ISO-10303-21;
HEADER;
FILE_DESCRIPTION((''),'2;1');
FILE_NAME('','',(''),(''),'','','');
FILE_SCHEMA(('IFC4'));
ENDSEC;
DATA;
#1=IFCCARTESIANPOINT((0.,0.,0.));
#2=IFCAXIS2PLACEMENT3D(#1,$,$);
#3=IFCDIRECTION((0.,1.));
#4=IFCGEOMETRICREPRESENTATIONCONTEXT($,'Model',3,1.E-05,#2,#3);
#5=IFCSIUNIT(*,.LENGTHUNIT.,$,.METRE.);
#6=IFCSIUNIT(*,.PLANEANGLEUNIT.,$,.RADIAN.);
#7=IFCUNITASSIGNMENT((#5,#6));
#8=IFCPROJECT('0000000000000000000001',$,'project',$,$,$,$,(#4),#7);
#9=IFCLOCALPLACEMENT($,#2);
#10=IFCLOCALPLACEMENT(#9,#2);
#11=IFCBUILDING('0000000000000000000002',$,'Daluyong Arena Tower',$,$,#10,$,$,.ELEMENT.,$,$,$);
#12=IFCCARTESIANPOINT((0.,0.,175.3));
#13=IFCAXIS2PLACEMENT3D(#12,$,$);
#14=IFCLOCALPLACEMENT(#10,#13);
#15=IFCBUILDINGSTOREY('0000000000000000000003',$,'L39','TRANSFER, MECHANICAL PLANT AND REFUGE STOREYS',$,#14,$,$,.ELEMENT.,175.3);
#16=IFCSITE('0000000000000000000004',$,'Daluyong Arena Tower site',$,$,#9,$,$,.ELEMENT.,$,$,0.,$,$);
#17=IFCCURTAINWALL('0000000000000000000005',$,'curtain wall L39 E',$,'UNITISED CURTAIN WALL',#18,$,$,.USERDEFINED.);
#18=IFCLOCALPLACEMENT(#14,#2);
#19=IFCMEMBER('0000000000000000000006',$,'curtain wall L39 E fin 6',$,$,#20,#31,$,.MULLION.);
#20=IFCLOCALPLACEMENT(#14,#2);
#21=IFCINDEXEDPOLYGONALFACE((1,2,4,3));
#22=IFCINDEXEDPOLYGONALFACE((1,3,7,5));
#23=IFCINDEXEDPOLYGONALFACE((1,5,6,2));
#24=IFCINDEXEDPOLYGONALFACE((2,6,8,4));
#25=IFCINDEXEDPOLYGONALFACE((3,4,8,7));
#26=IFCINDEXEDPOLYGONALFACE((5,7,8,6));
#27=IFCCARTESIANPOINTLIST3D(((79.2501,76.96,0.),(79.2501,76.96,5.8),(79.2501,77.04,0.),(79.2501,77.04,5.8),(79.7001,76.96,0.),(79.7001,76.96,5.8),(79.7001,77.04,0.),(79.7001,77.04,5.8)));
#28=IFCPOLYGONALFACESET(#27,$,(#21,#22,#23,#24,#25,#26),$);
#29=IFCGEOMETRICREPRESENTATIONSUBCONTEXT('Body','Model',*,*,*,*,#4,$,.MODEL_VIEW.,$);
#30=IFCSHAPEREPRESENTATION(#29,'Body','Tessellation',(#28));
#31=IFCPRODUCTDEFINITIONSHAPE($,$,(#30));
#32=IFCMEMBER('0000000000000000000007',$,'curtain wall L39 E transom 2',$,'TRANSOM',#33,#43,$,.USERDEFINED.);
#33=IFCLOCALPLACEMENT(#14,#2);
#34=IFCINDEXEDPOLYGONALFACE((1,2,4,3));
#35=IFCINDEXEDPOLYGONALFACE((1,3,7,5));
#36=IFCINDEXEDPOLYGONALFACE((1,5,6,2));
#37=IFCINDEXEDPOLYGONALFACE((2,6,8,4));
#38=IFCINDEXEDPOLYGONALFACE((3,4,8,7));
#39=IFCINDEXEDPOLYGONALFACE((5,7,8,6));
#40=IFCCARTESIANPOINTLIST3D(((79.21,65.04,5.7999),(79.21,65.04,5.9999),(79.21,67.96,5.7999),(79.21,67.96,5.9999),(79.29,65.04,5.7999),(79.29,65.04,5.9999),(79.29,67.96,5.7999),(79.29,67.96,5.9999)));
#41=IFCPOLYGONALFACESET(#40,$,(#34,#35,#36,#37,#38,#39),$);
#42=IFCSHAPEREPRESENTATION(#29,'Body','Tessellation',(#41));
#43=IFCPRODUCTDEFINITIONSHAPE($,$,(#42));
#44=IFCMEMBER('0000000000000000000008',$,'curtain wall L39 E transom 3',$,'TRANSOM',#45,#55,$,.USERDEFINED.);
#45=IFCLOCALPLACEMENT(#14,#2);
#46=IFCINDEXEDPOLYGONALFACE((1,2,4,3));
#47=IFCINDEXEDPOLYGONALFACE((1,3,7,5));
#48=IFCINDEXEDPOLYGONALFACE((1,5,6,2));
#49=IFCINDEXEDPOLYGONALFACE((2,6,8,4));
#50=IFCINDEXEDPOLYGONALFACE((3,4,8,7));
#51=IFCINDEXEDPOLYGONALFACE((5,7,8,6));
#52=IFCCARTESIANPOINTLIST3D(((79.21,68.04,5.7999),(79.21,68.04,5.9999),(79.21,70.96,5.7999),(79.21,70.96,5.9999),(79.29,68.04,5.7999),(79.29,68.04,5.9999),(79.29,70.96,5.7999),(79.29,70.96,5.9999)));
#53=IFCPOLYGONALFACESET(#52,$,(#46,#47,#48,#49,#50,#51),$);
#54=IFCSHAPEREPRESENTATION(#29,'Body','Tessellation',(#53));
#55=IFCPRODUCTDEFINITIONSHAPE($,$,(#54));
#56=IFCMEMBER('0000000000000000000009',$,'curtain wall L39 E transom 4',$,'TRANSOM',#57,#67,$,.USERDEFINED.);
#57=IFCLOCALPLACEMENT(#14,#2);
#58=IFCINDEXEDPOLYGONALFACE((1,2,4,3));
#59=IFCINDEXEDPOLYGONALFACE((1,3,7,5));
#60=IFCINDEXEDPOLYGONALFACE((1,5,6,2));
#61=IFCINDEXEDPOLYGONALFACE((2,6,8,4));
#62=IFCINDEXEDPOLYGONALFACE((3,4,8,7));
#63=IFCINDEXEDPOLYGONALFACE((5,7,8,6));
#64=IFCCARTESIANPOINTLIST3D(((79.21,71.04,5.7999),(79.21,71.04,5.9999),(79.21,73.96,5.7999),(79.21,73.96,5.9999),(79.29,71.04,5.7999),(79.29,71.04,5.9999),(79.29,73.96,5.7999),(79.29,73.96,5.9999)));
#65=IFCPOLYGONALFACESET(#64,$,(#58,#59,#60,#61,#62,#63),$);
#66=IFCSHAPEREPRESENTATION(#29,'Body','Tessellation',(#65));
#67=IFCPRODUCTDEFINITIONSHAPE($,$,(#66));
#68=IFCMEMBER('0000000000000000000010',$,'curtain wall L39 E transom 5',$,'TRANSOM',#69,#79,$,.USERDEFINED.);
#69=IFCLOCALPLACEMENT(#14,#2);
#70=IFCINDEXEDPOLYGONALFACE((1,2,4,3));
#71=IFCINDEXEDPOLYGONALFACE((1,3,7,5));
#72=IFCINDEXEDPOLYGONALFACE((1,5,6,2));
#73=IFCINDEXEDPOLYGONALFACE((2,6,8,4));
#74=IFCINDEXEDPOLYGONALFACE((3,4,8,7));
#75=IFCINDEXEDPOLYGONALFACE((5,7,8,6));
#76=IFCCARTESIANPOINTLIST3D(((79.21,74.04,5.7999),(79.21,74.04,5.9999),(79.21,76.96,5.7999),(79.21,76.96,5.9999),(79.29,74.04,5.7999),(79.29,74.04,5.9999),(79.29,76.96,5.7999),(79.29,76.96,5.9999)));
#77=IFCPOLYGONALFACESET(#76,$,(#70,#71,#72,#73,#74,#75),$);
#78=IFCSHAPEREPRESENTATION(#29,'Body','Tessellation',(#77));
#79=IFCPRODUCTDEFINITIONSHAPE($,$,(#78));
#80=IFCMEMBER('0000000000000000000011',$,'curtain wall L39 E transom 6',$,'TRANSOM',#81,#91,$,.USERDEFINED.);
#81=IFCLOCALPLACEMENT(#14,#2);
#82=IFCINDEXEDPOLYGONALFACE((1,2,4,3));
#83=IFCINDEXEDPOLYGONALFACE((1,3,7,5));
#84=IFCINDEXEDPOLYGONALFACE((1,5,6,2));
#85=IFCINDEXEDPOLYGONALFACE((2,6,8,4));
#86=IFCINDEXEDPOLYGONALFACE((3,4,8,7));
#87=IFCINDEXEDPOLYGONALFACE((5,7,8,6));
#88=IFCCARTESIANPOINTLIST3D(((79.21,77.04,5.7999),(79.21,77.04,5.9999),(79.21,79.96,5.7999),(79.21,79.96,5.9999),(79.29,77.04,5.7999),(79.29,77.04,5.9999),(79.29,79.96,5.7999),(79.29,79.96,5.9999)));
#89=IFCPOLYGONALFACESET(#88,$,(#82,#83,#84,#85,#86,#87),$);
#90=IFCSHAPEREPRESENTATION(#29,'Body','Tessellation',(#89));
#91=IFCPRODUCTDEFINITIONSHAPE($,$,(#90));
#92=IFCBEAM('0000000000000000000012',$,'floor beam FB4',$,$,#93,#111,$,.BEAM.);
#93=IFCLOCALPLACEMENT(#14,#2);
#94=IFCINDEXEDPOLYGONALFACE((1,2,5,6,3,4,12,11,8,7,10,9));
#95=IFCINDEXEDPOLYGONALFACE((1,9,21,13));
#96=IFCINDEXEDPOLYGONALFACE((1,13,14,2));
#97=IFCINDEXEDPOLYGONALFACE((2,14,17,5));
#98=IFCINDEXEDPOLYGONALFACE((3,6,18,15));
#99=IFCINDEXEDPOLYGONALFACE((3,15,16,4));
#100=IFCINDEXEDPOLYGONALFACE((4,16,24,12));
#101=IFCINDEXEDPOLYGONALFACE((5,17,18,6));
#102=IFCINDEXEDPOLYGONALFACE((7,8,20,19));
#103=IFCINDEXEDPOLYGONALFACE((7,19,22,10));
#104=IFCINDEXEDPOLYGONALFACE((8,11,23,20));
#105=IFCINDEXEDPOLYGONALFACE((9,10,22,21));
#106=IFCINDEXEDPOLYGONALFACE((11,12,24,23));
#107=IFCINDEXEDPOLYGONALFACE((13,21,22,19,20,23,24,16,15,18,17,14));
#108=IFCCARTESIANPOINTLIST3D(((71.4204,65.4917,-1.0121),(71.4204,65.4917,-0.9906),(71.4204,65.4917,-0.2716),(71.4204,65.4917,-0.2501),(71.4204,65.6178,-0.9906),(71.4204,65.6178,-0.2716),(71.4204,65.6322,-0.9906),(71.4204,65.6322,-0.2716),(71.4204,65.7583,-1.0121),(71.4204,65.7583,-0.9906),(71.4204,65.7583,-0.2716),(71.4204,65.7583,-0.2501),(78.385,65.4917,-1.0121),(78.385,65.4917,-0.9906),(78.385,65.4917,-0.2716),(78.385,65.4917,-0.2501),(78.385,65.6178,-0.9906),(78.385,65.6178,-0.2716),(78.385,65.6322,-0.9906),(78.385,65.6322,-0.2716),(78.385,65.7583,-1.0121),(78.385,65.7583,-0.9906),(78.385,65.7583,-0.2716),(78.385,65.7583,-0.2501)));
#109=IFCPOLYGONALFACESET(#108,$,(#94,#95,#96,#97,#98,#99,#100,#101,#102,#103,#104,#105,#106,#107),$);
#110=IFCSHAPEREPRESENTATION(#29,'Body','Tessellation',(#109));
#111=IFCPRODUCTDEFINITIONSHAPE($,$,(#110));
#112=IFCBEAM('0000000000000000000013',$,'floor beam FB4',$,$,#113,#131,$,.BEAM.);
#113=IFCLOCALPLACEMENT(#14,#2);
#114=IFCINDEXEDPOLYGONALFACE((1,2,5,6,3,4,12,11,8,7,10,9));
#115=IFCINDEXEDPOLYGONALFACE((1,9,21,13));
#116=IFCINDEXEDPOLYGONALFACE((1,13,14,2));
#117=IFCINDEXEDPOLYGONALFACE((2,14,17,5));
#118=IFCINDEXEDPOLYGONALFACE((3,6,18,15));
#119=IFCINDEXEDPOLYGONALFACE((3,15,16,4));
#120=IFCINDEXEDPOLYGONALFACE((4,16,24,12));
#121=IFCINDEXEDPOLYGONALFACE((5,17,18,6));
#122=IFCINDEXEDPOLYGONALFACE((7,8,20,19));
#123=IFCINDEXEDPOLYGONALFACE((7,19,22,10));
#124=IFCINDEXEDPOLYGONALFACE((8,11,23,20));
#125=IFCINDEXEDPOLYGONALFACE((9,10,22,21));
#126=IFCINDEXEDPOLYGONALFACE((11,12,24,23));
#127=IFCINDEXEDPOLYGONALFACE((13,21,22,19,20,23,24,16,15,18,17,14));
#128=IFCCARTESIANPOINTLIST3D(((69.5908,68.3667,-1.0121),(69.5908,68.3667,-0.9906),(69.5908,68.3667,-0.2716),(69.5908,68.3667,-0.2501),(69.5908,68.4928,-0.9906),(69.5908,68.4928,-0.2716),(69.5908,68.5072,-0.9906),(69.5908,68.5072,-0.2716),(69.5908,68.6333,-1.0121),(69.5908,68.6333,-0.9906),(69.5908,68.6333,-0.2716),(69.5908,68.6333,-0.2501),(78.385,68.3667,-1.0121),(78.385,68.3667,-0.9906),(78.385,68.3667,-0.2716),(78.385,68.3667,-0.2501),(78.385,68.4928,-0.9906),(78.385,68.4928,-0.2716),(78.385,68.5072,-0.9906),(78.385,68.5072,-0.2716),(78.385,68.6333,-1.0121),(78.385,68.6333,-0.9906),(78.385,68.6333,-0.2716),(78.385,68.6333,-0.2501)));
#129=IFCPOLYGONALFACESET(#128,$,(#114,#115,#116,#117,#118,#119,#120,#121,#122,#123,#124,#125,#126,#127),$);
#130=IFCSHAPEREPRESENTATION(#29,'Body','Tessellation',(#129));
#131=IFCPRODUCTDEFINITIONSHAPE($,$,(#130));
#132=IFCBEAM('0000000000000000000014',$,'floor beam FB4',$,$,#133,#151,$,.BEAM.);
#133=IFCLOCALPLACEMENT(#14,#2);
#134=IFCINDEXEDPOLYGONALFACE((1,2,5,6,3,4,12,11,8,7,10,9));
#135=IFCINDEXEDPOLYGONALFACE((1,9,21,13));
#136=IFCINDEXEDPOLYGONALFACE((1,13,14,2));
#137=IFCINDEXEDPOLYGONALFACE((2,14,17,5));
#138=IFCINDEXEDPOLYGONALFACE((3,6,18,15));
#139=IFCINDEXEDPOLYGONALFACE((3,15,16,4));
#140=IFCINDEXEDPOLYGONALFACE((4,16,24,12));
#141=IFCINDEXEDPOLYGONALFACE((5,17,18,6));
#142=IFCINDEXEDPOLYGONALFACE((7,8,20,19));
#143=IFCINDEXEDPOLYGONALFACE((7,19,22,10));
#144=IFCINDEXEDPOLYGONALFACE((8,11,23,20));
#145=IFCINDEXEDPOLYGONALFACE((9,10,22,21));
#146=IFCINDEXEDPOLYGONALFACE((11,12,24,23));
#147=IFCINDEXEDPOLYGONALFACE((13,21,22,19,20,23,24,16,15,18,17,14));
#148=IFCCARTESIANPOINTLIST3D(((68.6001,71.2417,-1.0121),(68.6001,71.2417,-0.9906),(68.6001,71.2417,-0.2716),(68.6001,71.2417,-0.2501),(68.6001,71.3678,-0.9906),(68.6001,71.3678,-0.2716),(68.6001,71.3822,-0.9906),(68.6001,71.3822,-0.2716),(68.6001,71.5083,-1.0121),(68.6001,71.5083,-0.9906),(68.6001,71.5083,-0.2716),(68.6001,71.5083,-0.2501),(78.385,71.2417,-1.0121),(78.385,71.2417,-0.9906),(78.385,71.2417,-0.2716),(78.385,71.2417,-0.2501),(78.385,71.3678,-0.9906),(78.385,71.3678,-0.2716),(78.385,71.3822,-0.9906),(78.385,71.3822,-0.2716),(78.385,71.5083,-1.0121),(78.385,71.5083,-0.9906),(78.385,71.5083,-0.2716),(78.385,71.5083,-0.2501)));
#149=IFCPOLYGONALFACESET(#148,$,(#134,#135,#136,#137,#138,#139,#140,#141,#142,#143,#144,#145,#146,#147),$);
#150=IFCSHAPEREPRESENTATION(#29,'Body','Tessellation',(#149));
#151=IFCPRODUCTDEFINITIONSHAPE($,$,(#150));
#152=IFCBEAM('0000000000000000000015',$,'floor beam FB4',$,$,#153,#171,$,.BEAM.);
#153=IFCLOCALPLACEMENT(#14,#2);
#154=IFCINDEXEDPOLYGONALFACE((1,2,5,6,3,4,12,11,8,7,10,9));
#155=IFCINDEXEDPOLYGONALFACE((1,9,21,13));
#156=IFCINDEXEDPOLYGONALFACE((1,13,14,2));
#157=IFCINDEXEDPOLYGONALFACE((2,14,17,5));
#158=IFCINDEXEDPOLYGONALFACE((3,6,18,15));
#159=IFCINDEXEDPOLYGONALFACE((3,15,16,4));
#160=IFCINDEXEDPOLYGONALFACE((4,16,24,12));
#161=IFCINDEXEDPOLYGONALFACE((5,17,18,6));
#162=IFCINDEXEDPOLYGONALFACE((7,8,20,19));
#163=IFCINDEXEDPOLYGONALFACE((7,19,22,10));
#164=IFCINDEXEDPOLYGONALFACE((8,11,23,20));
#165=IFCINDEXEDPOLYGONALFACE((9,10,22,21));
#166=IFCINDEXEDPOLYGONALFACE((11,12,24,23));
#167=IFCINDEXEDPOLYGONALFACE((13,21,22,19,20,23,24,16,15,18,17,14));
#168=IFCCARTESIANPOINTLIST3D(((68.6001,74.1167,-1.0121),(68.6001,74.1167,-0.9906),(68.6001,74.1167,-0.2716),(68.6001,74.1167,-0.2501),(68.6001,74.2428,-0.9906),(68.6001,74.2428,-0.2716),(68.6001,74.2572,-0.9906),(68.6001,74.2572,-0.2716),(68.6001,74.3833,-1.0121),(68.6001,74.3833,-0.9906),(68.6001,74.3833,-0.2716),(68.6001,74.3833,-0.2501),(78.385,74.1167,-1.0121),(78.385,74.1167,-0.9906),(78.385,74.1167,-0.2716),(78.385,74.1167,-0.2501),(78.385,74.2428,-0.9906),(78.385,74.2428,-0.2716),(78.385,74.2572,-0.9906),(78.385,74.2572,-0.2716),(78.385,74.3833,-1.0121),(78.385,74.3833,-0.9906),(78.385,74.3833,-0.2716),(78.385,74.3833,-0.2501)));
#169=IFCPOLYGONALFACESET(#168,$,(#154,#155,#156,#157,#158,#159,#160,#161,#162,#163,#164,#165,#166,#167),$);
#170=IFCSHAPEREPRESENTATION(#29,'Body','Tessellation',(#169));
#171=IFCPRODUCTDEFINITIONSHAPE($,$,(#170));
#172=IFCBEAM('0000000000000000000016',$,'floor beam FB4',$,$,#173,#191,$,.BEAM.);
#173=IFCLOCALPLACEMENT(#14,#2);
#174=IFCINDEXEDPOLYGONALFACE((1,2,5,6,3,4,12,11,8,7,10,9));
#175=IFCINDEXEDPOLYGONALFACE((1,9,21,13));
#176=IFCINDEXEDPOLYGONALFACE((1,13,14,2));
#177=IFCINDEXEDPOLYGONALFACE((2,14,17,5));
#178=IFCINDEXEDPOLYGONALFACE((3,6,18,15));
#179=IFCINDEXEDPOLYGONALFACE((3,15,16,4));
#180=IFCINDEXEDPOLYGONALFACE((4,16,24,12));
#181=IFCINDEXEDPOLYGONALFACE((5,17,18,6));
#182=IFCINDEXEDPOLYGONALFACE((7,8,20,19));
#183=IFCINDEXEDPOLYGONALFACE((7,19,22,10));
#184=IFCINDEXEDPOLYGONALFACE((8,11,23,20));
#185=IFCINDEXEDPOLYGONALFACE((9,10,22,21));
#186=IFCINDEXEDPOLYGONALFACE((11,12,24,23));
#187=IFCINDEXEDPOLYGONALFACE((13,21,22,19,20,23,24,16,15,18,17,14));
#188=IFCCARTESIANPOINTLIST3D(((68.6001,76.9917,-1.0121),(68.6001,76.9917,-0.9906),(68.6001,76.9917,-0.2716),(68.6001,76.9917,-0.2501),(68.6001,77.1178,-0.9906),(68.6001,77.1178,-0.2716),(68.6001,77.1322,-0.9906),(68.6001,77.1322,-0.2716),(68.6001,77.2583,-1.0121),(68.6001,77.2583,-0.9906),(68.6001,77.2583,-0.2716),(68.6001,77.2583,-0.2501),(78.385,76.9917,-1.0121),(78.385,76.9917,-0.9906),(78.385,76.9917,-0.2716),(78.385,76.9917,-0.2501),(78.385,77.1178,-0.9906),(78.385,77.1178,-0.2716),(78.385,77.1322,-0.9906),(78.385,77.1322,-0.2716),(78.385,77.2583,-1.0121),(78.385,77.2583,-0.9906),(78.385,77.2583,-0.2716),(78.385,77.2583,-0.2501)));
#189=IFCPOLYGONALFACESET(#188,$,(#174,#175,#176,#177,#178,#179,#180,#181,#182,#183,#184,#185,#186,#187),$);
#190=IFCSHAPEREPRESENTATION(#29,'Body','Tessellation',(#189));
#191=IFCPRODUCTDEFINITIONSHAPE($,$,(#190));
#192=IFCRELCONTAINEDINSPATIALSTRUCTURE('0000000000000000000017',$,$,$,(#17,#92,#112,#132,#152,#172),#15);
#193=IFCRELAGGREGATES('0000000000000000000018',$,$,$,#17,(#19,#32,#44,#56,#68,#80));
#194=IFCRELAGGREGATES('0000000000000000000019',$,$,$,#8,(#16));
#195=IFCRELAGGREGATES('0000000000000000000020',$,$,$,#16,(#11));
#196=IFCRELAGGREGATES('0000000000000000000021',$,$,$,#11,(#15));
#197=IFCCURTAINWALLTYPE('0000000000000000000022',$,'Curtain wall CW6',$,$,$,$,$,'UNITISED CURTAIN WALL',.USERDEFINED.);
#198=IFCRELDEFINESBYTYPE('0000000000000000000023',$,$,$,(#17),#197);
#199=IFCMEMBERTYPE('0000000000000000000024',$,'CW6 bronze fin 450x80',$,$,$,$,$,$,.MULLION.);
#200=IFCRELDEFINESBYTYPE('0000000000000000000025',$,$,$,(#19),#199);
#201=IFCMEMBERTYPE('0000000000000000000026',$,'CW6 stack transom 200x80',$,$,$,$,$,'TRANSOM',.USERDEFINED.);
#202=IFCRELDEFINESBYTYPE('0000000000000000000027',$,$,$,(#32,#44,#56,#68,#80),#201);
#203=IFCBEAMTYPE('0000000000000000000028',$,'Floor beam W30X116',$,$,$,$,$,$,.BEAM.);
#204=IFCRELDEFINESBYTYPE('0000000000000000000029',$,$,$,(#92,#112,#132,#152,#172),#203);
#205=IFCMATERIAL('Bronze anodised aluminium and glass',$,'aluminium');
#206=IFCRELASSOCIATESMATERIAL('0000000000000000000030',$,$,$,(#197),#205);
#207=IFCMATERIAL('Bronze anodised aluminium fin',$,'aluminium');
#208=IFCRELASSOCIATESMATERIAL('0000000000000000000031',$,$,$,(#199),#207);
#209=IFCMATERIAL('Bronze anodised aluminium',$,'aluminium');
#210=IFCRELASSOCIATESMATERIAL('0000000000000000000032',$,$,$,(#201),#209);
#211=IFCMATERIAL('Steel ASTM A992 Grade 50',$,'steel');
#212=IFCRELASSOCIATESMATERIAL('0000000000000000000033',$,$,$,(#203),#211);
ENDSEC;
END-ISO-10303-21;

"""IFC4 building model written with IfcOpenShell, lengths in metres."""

from ifc_helpers import new_model, si_unit, direction, frame, origin, origin_2d, place, context, subcontext, project, spatial, rectangle, i_section, extrude, material, material_profile, profile_set, type_object, element, aggregate, save


model = new_model("IFC4")

# Units and contexts
model_context = context("Model", 3, precision=1e-05, world=origin(), true_north=direction((0.0, 1.0)))
body_context = subcontext(model_context, "Body", "Model", "MODEL_VIEW")
ifc_project = project(units=[si_unit("LENGTHUNIT", "METRE"), si_unit("PLANEANGLEUNIT", "RADIAN")], contexts=[model_context])

# Site, building, storey
site_placement = place(None, origin())
site = spatial("IfcSite", under=ifc_project, at=site_placement, Name="Daluyong Arena Tower site", CompositionType="ELEMENT", RefElevation=0.0)
building_placement = place(site_placement, origin())
building = spatial("IfcBuilding", under=site, at=building_placement, Name="Daluyong Arena Tower", CompositionType="ELEMENT")
storey_placement = place(building_placement, frame((0.0, 0.0, 175.3)))
storey = spatial("IfcBuildingStorey", under=building, at=storey_placement, Name="L39", Description="TRANSFER, MECHANICAL PLANT AND REFUGE STOREYS", CompositionType="ELEMENT", Elevation=175.3)

# Curtain wall, members
ifc_material_1 = material(Name="Bronze anodised aluminium and glass", Category="aluminium")
curtain_wall_type = type_object("IfcCurtainWallType", Name="Curtain wall CW6", ElementType="UNITISED CURTAIN WALL", PredefinedType="USERDEFINED", material=ifc_material_1)
curtain_wall_placement = place(storey_placement, origin())
curtain_wall = element("IfcCurtainWall", 1, at=curtain_wall_placement, inside=storey, type_object=curtain_wall_type, Name="curtain wall L39 E", ObjectType="UNITISED CURTAIN WALL", PredefinedType="USERDEFINED")
ifc_material_2 = material(Name="Bronze anodised aluminium fin", Category="aluminium")
ifc_material_profile_1 = material_profile(ifc_material_2, rectangle(XDim=0.45, YDim=0.0801, at=origin_2d()))
ifc_profile_set_1 = profile_set([ifc_material_profile_1], Name="Bronze anodised aluminium fin")
member_type_1 = type_object("IfcMemberType", Name="CW6 bronze fin 450x80", PredefinedType="MULLION", material=ifc_profile_set_1)
member_1_placement = place(storey_placement, frame((79.4751, 77.0, 0.0), z_axis=(0.0, 0.0, 1.0), x_axis=(-1.0, 0.0, 0.0)))
member_1 = element("IfcMember", 2, at=member_1_placement, type_object=member_type_1, Name="curtain wall L39 E fin 6", PredefinedType="MULLION", context=body_context, shape_type="SweptSolid", body=[
    extrude(rectangle(XDim=0.45, YDim=0.0801, at=origin_2d()), origin(), (0.0, 0.0, 1.0), 5.8),
])
ifc_material_3 = material(Name="Bronze anodised aluminium", Category="aluminium")
ifc_material_profile_2 = material_profile(ifc_material_3, rectangle(XDim=0.0801, YDim=0.2, at=origin_2d()))
ifc_profile_set_2 = profile_set([ifc_material_profile_2], Name="Bronze anodised aluminium")
member_type_2 = type_object("IfcMemberType", Name="CW6 stack transom 200x80", ElementType="TRANSOM", PredefinedType="USERDEFINED", material=ifc_profile_set_2)
member_2_placement = place(storey_placement, frame((79.25, 65.04, 5.8999), z_axis=(0.0, 1.0, 0.0), x_axis=(-1.0, 0.0, 0.0)))
member_2 = element("IfcMember", 3, at=member_2_placement, type_object=member_type_2, Name="curtain wall L39 E transom 2", ObjectType="TRANSOM", PredefinedType="USERDEFINED", context=body_context, shape_type="SweptSolid", body=[
    extrude(rectangle(XDim=0.0801, YDim=0.2, at=origin_2d()), origin(), (0.0, 0.0, 1.0), 2.9199),
])
member_3_placement = place(storey_placement, frame((79.25, 68.04, 5.8999), z_axis=(0.0, 1.0, 0.0), x_axis=(-1.0, 0.0, 0.0)))
member_3 = element("IfcMember", 4, at=member_3_placement, type_object=member_type_2, Name="curtain wall L39 E transom 3", ObjectType="TRANSOM", PredefinedType="USERDEFINED", context=body_context, shape_type="SweptSolid", body=[
    extrude(rectangle(XDim=0.0801, YDim=0.2, at=origin_2d()), origin(), (0.0, 0.0, 1.0), 2.9199),
])
member_4_placement = place(storey_placement, frame((79.25, 71.04, 5.8999), z_axis=(0.0, 1.0, 0.0), x_axis=(-1.0, 0.0, 0.0)))
member_4 = element("IfcMember", 5, at=member_4_placement, type_object=member_type_2, Name="curtain wall L39 E transom 4", ObjectType="TRANSOM", PredefinedType="USERDEFINED", context=body_context, shape_type="SweptSolid", body=[
    extrude(rectangle(XDim=0.0801, YDim=0.2, at=origin_2d()), origin(), (0.0, 0.0, 1.0), 2.9199),
])
member_5_placement = place(storey_placement, frame((79.25, 74.04, 5.8999), z_axis=(0.0, 1.0, 0.0), x_axis=(-1.0, 0.0, 0.0)))
member_5 = element("IfcMember", 6, at=member_5_placement, type_object=member_type_2, Name="curtain wall L39 E transom 5", ObjectType="TRANSOM", PredefinedType="USERDEFINED", context=body_context, shape_type="SweptSolid", body=[
    extrude(rectangle(XDim=0.0801, YDim=0.2, at=origin_2d()), origin(), (0.0, 0.0, 1.0), 2.9199),
])
member_6_placement = place(storey_placement, frame((79.25, 77.04, 5.8999), z_axis=(0.0, 1.0, 0.0), x_axis=(-1.0, 0.0, 0.0)))
member_6 = element("IfcMember", 7, at=member_6_placement, type_object=member_type_2, Name="curtain wall L39 E transom 6", ObjectType="TRANSOM", PredefinedType="USERDEFINED", context=body_context, shape_type="SweptSolid", body=[
    extrude(rectangle(XDim=0.0801, YDim=0.2, at=origin_2d()), origin(), (0.0, 0.0, 1.0), 2.9199),
])

# Beams
ifc_material_4 = material(Name="Steel ASTM A992 Grade 50", Category="steel")
ifc_material_profile_3 = material_profile(ifc_material_4, i_section(OverallWidth=0.2666, OverallDepth=0.762, WebThickness=0.0144, FlangeThickness=0.0215, at=origin_2d()))
ifc_profile_set_3 = profile_set([ifc_material_profile_3], Name="Steel ASTM A992 Grade 50")
beam_type_1 = type_object("IfcBeamType", Name="Floor beam W30X116", PredefinedType="BEAM", material=ifc_profile_set_3)
beam_1_placement = place(storey_placement, frame((78.385, 65.625, -0.6311), z_axis=(-1.0, 0.0, 0.0), x_axis=(0.0, -1.0, 0.0)))
element("IfcBeam", 8, at=beam_1_placement, inside=storey, type_object=beam_type_1, Name="floor beam FB4", PredefinedType="BEAM", context=body_context, shape_type="SweptSolid", body=[
    extrude(i_section(OverallWidth=0.2666, OverallDepth=0.762, WebThickness=0.0144, FlangeThickness=0.0215, at=origin_2d()), origin(), (0.0, 0.0, 1.0), 6.9646),
])
beam_2_placement = place(storey_placement, frame((78.385, 68.5, -0.6311), z_axis=(-1.0, 0.0, 0.0), x_axis=(0.0, -1.0, 0.0)))
element("IfcBeam", 9, at=beam_2_placement, inside=storey, type_object=beam_type_1, Name="floor beam FB4", PredefinedType="BEAM", context=body_context, shape_type="SweptSolid", body=[
    extrude(i_section(OverallWidth=0.2666, OverallDepth=0.762, WebThickness=0.0144, FlangeThickness=0.0215, at=origin_2d()), origin(), (0.0, 0.0, 1.0), 8.7942),
])
for number, where, z_axis, x_axis, name in (
    (10, (78.385, 71.375, -0.6311), (-1.0, 0.0, 0.0), (0.0, -1.0, 0.0), "floor beam FB4"),
    (11, (78.385, 74.25, -0.6311), (-1.0, 0.0, 0.0), (0.0, -1.0, 0.0), "floor beam FB4"),
    (12, (78.385, 77.125, -0.6311), (-1.0, 0.0, 0.0), (0.0, -1.0, 0.0), "floor beam FB4"),
):
    element("IfcBeam", number, at=place(storey_placement, frame(where, z_axis=z_axis, x_axis=x_axis)), inside=storey, type_object=beam_type_1, Name=name, PredefinedType="BEAM", context=body_context, shape_type="SweptSolid", body=[
        extrude(i_section(OverallWidth=0.2666, OverallDepth=0.762, WebThickness=0.0144, FlangeThickness=0.0215, at=origin_2d()), origin(), (0.0, 0.0, 1.0), 9.7849),
    ])

aggregate(curtain_wall, [member_1, member_2, member_3, member_4, member_5, member_6])

save(model, "model.ifc")
